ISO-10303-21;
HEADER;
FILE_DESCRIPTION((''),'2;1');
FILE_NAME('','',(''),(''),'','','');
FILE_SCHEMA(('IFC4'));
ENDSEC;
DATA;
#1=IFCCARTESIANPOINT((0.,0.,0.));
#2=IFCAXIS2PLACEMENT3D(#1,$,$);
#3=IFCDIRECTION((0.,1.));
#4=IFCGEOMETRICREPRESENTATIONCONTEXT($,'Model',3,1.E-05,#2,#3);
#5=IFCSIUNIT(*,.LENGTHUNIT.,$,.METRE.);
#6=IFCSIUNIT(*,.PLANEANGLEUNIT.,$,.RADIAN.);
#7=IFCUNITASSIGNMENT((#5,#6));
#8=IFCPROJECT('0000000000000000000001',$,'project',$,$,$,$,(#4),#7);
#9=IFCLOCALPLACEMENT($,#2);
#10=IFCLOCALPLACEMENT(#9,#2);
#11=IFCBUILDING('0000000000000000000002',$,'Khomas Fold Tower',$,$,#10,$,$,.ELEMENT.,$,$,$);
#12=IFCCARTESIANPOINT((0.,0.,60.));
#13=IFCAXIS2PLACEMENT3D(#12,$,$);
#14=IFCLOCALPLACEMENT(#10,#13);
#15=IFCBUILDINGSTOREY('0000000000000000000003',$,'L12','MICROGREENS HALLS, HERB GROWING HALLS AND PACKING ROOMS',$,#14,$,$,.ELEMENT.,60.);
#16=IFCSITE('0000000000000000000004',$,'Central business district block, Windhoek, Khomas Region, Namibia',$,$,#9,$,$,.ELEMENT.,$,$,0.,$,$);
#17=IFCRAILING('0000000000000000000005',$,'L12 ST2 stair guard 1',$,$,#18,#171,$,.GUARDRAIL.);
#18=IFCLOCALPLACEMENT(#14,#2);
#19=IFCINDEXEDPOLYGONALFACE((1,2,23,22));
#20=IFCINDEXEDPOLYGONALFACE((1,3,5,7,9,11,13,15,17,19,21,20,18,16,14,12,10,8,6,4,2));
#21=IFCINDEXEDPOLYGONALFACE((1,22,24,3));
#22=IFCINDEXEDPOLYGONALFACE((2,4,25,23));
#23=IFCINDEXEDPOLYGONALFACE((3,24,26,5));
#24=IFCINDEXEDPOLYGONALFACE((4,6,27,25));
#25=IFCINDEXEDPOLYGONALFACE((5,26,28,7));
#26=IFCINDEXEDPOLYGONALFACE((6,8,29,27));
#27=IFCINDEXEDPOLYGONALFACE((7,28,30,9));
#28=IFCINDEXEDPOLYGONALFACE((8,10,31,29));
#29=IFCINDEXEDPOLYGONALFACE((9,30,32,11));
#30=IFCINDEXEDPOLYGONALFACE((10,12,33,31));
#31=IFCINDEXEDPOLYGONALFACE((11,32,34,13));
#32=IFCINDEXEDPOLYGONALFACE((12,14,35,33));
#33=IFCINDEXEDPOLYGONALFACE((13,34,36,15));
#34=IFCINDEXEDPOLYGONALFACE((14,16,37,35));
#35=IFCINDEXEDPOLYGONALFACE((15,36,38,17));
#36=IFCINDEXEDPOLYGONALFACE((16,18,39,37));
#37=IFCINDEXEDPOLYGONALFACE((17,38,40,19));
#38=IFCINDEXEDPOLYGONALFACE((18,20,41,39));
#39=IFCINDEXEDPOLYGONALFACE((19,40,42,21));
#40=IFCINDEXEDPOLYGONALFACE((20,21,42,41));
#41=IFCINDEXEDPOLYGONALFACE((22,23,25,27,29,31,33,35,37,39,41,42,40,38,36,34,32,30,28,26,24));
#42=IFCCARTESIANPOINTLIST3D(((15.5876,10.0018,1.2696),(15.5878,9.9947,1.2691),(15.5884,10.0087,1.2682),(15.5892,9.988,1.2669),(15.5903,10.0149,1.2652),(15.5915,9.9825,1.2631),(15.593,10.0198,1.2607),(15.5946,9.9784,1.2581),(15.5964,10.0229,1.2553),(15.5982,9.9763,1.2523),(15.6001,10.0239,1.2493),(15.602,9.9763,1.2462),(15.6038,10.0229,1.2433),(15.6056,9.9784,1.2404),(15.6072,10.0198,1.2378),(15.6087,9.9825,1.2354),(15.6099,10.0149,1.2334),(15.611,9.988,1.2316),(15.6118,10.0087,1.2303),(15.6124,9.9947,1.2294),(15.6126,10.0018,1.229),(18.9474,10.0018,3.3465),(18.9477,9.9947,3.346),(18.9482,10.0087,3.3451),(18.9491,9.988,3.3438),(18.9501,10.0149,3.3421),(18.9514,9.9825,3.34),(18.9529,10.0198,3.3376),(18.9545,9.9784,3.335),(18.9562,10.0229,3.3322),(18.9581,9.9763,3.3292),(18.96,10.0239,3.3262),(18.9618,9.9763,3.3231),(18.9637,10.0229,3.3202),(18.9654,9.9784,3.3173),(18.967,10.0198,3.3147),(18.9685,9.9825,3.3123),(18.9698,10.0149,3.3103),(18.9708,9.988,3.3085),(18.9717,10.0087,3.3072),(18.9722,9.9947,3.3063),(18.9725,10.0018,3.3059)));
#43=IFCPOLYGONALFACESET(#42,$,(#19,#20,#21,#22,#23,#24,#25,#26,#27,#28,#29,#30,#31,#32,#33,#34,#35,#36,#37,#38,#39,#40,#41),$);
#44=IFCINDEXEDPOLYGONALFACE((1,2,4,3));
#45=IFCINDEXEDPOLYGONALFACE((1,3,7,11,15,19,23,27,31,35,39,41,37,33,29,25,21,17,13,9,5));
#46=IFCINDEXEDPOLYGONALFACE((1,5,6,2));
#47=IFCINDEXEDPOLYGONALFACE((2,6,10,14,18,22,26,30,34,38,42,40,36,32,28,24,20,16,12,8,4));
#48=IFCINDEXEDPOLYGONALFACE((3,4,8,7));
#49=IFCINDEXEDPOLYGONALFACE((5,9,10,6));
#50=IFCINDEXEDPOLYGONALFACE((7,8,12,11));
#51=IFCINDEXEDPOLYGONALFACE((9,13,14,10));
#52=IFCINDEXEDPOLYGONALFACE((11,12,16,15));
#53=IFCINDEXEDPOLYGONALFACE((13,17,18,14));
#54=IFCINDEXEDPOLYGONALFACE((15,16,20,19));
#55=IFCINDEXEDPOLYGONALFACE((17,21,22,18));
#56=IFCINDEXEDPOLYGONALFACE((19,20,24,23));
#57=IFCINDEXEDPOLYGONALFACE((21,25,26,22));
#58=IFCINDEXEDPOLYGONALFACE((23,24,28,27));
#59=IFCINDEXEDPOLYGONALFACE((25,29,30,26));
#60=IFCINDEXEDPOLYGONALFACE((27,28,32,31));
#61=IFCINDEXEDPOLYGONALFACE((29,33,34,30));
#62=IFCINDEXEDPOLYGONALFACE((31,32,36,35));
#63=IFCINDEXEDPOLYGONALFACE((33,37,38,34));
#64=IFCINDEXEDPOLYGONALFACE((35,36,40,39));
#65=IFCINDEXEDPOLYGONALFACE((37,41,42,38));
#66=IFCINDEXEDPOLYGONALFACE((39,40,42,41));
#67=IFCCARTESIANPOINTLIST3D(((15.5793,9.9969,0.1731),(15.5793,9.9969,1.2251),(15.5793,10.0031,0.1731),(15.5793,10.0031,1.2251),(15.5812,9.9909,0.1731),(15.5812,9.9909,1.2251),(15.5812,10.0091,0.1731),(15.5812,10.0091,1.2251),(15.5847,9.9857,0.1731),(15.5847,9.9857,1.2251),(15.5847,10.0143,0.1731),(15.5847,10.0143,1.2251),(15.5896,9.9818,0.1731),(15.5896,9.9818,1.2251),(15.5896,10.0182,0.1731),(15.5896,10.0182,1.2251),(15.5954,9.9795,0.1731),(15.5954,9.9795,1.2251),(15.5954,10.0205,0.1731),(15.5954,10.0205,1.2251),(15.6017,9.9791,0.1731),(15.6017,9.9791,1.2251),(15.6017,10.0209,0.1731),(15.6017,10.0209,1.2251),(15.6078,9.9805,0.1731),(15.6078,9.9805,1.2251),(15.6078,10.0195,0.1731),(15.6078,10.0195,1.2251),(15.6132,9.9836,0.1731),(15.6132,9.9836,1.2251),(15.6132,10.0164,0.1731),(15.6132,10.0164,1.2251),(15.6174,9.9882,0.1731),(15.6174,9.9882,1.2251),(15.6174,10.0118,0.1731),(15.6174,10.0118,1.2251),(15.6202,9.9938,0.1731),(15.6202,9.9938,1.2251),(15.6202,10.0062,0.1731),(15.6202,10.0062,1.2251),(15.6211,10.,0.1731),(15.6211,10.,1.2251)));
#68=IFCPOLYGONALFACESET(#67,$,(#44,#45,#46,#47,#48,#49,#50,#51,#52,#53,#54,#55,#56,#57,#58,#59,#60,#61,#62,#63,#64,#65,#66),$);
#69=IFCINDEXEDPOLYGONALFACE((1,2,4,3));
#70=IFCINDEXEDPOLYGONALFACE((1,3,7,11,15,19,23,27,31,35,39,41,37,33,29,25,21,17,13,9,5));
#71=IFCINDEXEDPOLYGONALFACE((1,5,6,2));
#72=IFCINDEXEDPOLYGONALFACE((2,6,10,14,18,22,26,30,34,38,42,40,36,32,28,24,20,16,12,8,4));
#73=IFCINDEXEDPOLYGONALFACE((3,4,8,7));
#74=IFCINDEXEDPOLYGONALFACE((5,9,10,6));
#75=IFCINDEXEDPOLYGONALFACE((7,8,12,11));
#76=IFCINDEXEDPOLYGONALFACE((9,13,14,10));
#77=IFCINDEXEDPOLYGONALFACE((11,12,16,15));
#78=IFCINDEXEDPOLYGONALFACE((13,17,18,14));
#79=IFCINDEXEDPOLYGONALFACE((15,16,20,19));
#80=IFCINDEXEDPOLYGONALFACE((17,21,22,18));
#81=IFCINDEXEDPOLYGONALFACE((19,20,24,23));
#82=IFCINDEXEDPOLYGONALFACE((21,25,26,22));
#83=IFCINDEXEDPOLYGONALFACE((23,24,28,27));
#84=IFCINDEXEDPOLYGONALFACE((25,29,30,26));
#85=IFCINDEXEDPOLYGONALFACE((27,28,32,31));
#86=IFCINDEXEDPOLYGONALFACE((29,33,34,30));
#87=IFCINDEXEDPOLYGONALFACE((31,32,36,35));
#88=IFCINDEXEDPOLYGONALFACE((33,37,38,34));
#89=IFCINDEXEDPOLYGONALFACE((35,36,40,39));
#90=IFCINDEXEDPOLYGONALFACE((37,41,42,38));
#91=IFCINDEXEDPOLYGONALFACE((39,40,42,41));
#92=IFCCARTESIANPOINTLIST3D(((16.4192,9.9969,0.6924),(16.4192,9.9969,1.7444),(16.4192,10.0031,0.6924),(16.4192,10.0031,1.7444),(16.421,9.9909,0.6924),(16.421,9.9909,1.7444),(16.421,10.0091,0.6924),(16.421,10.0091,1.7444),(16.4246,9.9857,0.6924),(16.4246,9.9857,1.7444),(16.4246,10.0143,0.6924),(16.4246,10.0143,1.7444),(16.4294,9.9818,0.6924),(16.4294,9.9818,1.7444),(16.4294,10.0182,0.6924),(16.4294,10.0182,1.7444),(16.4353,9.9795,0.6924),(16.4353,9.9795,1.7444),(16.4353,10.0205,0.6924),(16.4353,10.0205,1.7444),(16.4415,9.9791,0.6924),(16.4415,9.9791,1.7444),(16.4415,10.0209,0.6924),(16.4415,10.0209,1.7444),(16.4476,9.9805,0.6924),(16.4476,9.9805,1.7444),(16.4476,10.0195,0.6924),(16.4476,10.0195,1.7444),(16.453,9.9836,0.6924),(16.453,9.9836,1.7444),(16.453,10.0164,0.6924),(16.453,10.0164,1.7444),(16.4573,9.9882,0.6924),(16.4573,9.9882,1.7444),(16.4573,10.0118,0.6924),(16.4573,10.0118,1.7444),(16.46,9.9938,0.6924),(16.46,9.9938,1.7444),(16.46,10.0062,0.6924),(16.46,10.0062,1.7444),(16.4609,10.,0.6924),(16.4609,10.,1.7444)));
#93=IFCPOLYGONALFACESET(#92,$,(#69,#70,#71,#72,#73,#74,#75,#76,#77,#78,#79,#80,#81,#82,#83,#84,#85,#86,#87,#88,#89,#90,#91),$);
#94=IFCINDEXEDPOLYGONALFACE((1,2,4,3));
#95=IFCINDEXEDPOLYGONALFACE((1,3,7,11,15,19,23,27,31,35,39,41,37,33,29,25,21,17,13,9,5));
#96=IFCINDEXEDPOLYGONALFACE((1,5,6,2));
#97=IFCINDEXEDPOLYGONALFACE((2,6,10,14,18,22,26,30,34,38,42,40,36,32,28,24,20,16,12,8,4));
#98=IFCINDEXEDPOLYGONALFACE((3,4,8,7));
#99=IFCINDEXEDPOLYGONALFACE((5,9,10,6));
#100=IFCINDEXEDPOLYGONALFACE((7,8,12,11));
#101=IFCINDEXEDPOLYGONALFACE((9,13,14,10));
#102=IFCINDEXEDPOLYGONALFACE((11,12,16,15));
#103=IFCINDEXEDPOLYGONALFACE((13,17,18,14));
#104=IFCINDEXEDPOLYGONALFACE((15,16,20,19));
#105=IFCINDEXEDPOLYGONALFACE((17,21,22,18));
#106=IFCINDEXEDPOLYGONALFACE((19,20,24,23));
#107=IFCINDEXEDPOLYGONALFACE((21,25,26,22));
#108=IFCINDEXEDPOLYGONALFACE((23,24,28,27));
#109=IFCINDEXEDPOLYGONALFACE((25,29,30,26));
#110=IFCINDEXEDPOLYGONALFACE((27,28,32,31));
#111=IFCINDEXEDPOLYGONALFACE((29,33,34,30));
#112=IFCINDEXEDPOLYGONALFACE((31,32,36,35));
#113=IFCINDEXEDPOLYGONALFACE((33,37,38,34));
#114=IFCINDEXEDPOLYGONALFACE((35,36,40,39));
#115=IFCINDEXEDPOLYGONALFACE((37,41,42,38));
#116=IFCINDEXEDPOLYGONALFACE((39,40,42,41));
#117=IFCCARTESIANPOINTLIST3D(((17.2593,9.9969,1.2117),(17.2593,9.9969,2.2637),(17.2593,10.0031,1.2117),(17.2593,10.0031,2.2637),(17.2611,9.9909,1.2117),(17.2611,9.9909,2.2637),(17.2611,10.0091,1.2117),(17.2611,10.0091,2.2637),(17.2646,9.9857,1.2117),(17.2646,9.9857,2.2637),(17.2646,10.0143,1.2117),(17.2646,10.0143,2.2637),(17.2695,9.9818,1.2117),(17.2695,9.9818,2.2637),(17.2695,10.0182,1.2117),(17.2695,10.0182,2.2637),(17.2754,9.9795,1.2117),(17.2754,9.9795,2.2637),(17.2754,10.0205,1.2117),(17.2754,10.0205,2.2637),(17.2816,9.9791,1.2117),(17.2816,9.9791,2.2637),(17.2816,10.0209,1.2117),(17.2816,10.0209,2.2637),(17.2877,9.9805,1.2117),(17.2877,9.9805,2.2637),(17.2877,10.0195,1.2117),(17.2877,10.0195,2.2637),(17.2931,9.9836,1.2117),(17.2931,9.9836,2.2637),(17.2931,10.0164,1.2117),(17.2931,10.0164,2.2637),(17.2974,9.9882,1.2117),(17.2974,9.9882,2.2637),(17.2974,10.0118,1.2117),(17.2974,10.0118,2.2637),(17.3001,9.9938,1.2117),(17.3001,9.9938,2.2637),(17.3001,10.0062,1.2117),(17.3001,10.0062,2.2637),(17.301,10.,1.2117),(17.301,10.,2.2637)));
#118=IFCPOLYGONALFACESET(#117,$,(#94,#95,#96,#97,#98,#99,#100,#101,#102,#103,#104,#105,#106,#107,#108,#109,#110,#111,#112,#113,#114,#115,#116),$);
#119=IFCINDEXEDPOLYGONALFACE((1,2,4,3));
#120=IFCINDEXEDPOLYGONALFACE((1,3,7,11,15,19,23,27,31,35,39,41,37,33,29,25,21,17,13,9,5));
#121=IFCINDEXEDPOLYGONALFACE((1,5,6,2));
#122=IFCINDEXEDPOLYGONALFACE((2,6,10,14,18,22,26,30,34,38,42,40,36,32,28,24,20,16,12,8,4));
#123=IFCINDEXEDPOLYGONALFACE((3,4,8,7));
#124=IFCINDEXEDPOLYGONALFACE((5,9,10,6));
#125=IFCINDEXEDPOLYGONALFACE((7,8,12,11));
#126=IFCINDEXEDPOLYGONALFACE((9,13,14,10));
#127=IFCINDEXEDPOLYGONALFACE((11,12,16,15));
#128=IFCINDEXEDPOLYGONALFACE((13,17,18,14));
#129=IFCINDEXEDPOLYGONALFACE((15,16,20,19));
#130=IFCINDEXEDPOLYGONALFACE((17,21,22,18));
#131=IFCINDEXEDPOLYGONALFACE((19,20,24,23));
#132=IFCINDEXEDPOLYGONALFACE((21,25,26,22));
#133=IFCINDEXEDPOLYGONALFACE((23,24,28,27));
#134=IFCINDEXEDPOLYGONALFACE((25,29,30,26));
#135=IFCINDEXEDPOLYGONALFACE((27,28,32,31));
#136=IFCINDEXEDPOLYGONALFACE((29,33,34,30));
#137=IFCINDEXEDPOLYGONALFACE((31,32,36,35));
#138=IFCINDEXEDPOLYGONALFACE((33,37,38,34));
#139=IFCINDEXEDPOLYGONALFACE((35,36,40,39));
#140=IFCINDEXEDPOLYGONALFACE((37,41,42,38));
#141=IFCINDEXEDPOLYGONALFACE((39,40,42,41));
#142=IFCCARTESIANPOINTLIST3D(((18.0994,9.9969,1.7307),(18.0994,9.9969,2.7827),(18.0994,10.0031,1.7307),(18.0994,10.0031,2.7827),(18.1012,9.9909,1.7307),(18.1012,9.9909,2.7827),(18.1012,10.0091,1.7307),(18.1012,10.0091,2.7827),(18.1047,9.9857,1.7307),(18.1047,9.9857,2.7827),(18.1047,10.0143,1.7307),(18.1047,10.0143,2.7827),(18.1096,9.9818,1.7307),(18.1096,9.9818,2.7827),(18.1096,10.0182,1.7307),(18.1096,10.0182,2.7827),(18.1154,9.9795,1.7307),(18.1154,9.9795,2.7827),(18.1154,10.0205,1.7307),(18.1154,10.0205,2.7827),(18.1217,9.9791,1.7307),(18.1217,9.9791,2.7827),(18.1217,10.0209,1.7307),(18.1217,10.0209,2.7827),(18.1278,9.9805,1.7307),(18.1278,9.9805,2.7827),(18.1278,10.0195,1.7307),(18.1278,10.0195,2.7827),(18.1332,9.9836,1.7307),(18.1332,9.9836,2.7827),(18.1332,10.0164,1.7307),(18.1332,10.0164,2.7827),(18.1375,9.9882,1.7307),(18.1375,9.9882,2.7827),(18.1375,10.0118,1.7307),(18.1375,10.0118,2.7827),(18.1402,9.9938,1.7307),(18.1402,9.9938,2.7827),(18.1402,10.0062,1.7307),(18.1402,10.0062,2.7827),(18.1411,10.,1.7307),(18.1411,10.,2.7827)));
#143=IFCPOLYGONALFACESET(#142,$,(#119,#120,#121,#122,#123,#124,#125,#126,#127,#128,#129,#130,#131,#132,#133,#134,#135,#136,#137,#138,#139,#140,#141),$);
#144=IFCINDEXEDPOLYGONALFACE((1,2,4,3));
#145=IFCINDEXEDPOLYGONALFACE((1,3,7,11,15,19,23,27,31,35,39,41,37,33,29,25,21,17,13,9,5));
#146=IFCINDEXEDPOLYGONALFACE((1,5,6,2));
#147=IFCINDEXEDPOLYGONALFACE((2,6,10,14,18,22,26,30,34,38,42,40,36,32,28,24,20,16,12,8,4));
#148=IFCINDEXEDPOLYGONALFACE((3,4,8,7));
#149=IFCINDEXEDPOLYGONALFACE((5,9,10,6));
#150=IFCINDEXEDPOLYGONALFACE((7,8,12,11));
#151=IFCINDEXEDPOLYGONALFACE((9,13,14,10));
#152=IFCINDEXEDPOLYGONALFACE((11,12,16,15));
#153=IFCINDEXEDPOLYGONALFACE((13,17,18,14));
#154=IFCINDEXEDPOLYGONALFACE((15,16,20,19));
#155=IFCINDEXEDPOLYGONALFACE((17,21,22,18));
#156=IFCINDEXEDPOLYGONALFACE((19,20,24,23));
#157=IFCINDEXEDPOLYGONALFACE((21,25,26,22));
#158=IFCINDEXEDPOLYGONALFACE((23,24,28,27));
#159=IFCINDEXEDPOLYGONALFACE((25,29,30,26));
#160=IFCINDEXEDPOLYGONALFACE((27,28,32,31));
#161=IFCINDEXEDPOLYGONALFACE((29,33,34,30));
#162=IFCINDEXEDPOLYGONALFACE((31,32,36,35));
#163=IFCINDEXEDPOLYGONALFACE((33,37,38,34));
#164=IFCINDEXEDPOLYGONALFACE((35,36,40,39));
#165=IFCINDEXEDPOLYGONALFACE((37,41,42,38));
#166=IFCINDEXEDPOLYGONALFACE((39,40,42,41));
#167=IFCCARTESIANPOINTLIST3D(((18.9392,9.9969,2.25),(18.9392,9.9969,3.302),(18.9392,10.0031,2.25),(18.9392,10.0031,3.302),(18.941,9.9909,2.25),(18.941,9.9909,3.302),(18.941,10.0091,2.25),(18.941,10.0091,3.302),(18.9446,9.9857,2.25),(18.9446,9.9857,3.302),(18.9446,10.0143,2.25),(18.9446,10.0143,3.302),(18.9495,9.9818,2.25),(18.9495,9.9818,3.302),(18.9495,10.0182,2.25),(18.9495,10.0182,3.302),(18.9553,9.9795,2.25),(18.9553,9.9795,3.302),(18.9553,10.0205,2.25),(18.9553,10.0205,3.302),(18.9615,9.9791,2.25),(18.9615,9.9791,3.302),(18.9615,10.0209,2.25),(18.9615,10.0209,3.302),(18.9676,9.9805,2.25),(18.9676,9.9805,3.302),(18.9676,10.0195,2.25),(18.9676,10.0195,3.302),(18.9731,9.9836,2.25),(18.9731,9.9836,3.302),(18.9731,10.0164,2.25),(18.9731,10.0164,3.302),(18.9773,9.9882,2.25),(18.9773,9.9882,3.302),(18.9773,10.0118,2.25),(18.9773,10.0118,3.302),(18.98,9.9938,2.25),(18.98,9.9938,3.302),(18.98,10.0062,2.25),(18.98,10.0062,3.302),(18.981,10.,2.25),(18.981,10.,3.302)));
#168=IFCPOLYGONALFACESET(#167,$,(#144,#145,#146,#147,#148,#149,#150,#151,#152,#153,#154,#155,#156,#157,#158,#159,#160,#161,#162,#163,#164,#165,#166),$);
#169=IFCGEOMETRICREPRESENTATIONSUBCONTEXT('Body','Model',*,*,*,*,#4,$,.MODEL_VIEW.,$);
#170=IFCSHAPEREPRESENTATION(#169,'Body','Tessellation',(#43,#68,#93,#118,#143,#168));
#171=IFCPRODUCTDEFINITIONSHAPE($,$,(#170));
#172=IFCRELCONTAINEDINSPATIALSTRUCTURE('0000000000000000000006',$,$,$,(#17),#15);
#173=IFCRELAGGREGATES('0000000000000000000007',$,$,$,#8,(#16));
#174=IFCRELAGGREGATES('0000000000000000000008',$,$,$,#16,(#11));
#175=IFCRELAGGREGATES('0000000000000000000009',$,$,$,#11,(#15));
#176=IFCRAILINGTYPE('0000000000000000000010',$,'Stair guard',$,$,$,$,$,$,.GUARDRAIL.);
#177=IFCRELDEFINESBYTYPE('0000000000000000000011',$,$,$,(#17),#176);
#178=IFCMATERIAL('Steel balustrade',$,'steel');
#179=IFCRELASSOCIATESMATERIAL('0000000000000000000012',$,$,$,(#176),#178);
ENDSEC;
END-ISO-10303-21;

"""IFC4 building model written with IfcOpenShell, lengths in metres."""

from ifc_helpers import new_model, si_unit, direction, frame, origin, origin_2d, place, context, subcontext, project, spatial, circle, extrude, source, transform, mapped, material, type_object, element, save


model = new_model("IFC4")

# Units and contexts
model_context = context("Model", 3, precision=1e-05, world=origin(), true_north=direction((0.0, 1.0)))
body_context = subcontext(model_context, "Body", "Model", "MODEL_VIEW")
ifc_project = project(units=[si_unit("LENGTHUNIT", "METRE"), si_unit("PLANEANGLEUNIT", "RADIAN")], contexts=[model_context])

# Site, building, storey
site_placement = place(None, origin())
site = spatial("IfcSite", under=ifc_project, at=site_placement, Name="Central business district block, Windhoek, Khomas Region, Namibia", CompositionType="ELEMENT", RefElevation=0.0)
building_placement = place(site_placement, origin())
building = spatial("IfcBuilding", under=site, at=building_placement, Name="Khomas Fold Tower", CompositionType="ELEMENT")
storey_placement = place(building_placement, frame((0.0, 0.0, 60.0)))
storey = spatial("IfcBuildingStorey", under=building, at=storey_placement, Name="L12", Description="MICROGREENS HALLS, HERB GROWING HALLS AND PACKING ROOMS", CompositionType="ELEMENT", Elevation=60.0)

# Railing
ifc_material_1 = material(Name="Steel balustrade", Category="steel")
railing_type_1 = type_object("IfcRailingType", Name="Stair guard", PredefinedType="GUARDRAIL", material=ifc_material_1)
shared_shape_1 = source(origin(), body_context, "Body", "SweptSolid", [
    extrude(circle(Radius=0.0239, at=origin_2d()), frame((0.0, 0.0, 1.0762), z_axis=(0.850606, 0.0, 0.525803), x_axis=(0.0, 1.0, 0.0)), (0.0, 0.0, 1.0), 3.95),
    extrude(circle(Radius=0.021, at=origin_2d()), origin(), (0.0, 0.0, 1.0), 1.052),
    extrude(circle(Radius=0.021, at=origin_2d()), frame((0.8398, 0.0, 0.5193)), (0.0, 0.0, 1.0), 1.052),
    extrude(circle(Radius=0.021, at=origin_2d()), frame((1.6799, 0.0, 1.0386)), (0.0, 0.0, 1.0), 1.052),
    extrude(circle(Radius=0.021, at=origin_2d()), frame((2.52, 0.0, 1.5576)), (0.0, 0.0, 1.0), 1.052),
    extrude(circle(Radius=0.021, at=origin_2d()), frame((3.3599, 0.0, 2.0769)), (0.0, 0.0, 1.0), 1.052),
])
railing_1_placement = place(storey_placement, frame((15.6001, 10.0, 0.1731)))
element("IfcRailing", 1, at=railing_1_placement, inside=storey, type_object=railing_type_1, Name="L12 ST2 stair guard 1", PredefinedType="GUARDRAIL", context=body_context, shape_type="MappedRepresentation", body=[
    mapped(shared_shape_1, transform((0.0, 0.0, 0.0))),
])

save(model, "model.ifc")
